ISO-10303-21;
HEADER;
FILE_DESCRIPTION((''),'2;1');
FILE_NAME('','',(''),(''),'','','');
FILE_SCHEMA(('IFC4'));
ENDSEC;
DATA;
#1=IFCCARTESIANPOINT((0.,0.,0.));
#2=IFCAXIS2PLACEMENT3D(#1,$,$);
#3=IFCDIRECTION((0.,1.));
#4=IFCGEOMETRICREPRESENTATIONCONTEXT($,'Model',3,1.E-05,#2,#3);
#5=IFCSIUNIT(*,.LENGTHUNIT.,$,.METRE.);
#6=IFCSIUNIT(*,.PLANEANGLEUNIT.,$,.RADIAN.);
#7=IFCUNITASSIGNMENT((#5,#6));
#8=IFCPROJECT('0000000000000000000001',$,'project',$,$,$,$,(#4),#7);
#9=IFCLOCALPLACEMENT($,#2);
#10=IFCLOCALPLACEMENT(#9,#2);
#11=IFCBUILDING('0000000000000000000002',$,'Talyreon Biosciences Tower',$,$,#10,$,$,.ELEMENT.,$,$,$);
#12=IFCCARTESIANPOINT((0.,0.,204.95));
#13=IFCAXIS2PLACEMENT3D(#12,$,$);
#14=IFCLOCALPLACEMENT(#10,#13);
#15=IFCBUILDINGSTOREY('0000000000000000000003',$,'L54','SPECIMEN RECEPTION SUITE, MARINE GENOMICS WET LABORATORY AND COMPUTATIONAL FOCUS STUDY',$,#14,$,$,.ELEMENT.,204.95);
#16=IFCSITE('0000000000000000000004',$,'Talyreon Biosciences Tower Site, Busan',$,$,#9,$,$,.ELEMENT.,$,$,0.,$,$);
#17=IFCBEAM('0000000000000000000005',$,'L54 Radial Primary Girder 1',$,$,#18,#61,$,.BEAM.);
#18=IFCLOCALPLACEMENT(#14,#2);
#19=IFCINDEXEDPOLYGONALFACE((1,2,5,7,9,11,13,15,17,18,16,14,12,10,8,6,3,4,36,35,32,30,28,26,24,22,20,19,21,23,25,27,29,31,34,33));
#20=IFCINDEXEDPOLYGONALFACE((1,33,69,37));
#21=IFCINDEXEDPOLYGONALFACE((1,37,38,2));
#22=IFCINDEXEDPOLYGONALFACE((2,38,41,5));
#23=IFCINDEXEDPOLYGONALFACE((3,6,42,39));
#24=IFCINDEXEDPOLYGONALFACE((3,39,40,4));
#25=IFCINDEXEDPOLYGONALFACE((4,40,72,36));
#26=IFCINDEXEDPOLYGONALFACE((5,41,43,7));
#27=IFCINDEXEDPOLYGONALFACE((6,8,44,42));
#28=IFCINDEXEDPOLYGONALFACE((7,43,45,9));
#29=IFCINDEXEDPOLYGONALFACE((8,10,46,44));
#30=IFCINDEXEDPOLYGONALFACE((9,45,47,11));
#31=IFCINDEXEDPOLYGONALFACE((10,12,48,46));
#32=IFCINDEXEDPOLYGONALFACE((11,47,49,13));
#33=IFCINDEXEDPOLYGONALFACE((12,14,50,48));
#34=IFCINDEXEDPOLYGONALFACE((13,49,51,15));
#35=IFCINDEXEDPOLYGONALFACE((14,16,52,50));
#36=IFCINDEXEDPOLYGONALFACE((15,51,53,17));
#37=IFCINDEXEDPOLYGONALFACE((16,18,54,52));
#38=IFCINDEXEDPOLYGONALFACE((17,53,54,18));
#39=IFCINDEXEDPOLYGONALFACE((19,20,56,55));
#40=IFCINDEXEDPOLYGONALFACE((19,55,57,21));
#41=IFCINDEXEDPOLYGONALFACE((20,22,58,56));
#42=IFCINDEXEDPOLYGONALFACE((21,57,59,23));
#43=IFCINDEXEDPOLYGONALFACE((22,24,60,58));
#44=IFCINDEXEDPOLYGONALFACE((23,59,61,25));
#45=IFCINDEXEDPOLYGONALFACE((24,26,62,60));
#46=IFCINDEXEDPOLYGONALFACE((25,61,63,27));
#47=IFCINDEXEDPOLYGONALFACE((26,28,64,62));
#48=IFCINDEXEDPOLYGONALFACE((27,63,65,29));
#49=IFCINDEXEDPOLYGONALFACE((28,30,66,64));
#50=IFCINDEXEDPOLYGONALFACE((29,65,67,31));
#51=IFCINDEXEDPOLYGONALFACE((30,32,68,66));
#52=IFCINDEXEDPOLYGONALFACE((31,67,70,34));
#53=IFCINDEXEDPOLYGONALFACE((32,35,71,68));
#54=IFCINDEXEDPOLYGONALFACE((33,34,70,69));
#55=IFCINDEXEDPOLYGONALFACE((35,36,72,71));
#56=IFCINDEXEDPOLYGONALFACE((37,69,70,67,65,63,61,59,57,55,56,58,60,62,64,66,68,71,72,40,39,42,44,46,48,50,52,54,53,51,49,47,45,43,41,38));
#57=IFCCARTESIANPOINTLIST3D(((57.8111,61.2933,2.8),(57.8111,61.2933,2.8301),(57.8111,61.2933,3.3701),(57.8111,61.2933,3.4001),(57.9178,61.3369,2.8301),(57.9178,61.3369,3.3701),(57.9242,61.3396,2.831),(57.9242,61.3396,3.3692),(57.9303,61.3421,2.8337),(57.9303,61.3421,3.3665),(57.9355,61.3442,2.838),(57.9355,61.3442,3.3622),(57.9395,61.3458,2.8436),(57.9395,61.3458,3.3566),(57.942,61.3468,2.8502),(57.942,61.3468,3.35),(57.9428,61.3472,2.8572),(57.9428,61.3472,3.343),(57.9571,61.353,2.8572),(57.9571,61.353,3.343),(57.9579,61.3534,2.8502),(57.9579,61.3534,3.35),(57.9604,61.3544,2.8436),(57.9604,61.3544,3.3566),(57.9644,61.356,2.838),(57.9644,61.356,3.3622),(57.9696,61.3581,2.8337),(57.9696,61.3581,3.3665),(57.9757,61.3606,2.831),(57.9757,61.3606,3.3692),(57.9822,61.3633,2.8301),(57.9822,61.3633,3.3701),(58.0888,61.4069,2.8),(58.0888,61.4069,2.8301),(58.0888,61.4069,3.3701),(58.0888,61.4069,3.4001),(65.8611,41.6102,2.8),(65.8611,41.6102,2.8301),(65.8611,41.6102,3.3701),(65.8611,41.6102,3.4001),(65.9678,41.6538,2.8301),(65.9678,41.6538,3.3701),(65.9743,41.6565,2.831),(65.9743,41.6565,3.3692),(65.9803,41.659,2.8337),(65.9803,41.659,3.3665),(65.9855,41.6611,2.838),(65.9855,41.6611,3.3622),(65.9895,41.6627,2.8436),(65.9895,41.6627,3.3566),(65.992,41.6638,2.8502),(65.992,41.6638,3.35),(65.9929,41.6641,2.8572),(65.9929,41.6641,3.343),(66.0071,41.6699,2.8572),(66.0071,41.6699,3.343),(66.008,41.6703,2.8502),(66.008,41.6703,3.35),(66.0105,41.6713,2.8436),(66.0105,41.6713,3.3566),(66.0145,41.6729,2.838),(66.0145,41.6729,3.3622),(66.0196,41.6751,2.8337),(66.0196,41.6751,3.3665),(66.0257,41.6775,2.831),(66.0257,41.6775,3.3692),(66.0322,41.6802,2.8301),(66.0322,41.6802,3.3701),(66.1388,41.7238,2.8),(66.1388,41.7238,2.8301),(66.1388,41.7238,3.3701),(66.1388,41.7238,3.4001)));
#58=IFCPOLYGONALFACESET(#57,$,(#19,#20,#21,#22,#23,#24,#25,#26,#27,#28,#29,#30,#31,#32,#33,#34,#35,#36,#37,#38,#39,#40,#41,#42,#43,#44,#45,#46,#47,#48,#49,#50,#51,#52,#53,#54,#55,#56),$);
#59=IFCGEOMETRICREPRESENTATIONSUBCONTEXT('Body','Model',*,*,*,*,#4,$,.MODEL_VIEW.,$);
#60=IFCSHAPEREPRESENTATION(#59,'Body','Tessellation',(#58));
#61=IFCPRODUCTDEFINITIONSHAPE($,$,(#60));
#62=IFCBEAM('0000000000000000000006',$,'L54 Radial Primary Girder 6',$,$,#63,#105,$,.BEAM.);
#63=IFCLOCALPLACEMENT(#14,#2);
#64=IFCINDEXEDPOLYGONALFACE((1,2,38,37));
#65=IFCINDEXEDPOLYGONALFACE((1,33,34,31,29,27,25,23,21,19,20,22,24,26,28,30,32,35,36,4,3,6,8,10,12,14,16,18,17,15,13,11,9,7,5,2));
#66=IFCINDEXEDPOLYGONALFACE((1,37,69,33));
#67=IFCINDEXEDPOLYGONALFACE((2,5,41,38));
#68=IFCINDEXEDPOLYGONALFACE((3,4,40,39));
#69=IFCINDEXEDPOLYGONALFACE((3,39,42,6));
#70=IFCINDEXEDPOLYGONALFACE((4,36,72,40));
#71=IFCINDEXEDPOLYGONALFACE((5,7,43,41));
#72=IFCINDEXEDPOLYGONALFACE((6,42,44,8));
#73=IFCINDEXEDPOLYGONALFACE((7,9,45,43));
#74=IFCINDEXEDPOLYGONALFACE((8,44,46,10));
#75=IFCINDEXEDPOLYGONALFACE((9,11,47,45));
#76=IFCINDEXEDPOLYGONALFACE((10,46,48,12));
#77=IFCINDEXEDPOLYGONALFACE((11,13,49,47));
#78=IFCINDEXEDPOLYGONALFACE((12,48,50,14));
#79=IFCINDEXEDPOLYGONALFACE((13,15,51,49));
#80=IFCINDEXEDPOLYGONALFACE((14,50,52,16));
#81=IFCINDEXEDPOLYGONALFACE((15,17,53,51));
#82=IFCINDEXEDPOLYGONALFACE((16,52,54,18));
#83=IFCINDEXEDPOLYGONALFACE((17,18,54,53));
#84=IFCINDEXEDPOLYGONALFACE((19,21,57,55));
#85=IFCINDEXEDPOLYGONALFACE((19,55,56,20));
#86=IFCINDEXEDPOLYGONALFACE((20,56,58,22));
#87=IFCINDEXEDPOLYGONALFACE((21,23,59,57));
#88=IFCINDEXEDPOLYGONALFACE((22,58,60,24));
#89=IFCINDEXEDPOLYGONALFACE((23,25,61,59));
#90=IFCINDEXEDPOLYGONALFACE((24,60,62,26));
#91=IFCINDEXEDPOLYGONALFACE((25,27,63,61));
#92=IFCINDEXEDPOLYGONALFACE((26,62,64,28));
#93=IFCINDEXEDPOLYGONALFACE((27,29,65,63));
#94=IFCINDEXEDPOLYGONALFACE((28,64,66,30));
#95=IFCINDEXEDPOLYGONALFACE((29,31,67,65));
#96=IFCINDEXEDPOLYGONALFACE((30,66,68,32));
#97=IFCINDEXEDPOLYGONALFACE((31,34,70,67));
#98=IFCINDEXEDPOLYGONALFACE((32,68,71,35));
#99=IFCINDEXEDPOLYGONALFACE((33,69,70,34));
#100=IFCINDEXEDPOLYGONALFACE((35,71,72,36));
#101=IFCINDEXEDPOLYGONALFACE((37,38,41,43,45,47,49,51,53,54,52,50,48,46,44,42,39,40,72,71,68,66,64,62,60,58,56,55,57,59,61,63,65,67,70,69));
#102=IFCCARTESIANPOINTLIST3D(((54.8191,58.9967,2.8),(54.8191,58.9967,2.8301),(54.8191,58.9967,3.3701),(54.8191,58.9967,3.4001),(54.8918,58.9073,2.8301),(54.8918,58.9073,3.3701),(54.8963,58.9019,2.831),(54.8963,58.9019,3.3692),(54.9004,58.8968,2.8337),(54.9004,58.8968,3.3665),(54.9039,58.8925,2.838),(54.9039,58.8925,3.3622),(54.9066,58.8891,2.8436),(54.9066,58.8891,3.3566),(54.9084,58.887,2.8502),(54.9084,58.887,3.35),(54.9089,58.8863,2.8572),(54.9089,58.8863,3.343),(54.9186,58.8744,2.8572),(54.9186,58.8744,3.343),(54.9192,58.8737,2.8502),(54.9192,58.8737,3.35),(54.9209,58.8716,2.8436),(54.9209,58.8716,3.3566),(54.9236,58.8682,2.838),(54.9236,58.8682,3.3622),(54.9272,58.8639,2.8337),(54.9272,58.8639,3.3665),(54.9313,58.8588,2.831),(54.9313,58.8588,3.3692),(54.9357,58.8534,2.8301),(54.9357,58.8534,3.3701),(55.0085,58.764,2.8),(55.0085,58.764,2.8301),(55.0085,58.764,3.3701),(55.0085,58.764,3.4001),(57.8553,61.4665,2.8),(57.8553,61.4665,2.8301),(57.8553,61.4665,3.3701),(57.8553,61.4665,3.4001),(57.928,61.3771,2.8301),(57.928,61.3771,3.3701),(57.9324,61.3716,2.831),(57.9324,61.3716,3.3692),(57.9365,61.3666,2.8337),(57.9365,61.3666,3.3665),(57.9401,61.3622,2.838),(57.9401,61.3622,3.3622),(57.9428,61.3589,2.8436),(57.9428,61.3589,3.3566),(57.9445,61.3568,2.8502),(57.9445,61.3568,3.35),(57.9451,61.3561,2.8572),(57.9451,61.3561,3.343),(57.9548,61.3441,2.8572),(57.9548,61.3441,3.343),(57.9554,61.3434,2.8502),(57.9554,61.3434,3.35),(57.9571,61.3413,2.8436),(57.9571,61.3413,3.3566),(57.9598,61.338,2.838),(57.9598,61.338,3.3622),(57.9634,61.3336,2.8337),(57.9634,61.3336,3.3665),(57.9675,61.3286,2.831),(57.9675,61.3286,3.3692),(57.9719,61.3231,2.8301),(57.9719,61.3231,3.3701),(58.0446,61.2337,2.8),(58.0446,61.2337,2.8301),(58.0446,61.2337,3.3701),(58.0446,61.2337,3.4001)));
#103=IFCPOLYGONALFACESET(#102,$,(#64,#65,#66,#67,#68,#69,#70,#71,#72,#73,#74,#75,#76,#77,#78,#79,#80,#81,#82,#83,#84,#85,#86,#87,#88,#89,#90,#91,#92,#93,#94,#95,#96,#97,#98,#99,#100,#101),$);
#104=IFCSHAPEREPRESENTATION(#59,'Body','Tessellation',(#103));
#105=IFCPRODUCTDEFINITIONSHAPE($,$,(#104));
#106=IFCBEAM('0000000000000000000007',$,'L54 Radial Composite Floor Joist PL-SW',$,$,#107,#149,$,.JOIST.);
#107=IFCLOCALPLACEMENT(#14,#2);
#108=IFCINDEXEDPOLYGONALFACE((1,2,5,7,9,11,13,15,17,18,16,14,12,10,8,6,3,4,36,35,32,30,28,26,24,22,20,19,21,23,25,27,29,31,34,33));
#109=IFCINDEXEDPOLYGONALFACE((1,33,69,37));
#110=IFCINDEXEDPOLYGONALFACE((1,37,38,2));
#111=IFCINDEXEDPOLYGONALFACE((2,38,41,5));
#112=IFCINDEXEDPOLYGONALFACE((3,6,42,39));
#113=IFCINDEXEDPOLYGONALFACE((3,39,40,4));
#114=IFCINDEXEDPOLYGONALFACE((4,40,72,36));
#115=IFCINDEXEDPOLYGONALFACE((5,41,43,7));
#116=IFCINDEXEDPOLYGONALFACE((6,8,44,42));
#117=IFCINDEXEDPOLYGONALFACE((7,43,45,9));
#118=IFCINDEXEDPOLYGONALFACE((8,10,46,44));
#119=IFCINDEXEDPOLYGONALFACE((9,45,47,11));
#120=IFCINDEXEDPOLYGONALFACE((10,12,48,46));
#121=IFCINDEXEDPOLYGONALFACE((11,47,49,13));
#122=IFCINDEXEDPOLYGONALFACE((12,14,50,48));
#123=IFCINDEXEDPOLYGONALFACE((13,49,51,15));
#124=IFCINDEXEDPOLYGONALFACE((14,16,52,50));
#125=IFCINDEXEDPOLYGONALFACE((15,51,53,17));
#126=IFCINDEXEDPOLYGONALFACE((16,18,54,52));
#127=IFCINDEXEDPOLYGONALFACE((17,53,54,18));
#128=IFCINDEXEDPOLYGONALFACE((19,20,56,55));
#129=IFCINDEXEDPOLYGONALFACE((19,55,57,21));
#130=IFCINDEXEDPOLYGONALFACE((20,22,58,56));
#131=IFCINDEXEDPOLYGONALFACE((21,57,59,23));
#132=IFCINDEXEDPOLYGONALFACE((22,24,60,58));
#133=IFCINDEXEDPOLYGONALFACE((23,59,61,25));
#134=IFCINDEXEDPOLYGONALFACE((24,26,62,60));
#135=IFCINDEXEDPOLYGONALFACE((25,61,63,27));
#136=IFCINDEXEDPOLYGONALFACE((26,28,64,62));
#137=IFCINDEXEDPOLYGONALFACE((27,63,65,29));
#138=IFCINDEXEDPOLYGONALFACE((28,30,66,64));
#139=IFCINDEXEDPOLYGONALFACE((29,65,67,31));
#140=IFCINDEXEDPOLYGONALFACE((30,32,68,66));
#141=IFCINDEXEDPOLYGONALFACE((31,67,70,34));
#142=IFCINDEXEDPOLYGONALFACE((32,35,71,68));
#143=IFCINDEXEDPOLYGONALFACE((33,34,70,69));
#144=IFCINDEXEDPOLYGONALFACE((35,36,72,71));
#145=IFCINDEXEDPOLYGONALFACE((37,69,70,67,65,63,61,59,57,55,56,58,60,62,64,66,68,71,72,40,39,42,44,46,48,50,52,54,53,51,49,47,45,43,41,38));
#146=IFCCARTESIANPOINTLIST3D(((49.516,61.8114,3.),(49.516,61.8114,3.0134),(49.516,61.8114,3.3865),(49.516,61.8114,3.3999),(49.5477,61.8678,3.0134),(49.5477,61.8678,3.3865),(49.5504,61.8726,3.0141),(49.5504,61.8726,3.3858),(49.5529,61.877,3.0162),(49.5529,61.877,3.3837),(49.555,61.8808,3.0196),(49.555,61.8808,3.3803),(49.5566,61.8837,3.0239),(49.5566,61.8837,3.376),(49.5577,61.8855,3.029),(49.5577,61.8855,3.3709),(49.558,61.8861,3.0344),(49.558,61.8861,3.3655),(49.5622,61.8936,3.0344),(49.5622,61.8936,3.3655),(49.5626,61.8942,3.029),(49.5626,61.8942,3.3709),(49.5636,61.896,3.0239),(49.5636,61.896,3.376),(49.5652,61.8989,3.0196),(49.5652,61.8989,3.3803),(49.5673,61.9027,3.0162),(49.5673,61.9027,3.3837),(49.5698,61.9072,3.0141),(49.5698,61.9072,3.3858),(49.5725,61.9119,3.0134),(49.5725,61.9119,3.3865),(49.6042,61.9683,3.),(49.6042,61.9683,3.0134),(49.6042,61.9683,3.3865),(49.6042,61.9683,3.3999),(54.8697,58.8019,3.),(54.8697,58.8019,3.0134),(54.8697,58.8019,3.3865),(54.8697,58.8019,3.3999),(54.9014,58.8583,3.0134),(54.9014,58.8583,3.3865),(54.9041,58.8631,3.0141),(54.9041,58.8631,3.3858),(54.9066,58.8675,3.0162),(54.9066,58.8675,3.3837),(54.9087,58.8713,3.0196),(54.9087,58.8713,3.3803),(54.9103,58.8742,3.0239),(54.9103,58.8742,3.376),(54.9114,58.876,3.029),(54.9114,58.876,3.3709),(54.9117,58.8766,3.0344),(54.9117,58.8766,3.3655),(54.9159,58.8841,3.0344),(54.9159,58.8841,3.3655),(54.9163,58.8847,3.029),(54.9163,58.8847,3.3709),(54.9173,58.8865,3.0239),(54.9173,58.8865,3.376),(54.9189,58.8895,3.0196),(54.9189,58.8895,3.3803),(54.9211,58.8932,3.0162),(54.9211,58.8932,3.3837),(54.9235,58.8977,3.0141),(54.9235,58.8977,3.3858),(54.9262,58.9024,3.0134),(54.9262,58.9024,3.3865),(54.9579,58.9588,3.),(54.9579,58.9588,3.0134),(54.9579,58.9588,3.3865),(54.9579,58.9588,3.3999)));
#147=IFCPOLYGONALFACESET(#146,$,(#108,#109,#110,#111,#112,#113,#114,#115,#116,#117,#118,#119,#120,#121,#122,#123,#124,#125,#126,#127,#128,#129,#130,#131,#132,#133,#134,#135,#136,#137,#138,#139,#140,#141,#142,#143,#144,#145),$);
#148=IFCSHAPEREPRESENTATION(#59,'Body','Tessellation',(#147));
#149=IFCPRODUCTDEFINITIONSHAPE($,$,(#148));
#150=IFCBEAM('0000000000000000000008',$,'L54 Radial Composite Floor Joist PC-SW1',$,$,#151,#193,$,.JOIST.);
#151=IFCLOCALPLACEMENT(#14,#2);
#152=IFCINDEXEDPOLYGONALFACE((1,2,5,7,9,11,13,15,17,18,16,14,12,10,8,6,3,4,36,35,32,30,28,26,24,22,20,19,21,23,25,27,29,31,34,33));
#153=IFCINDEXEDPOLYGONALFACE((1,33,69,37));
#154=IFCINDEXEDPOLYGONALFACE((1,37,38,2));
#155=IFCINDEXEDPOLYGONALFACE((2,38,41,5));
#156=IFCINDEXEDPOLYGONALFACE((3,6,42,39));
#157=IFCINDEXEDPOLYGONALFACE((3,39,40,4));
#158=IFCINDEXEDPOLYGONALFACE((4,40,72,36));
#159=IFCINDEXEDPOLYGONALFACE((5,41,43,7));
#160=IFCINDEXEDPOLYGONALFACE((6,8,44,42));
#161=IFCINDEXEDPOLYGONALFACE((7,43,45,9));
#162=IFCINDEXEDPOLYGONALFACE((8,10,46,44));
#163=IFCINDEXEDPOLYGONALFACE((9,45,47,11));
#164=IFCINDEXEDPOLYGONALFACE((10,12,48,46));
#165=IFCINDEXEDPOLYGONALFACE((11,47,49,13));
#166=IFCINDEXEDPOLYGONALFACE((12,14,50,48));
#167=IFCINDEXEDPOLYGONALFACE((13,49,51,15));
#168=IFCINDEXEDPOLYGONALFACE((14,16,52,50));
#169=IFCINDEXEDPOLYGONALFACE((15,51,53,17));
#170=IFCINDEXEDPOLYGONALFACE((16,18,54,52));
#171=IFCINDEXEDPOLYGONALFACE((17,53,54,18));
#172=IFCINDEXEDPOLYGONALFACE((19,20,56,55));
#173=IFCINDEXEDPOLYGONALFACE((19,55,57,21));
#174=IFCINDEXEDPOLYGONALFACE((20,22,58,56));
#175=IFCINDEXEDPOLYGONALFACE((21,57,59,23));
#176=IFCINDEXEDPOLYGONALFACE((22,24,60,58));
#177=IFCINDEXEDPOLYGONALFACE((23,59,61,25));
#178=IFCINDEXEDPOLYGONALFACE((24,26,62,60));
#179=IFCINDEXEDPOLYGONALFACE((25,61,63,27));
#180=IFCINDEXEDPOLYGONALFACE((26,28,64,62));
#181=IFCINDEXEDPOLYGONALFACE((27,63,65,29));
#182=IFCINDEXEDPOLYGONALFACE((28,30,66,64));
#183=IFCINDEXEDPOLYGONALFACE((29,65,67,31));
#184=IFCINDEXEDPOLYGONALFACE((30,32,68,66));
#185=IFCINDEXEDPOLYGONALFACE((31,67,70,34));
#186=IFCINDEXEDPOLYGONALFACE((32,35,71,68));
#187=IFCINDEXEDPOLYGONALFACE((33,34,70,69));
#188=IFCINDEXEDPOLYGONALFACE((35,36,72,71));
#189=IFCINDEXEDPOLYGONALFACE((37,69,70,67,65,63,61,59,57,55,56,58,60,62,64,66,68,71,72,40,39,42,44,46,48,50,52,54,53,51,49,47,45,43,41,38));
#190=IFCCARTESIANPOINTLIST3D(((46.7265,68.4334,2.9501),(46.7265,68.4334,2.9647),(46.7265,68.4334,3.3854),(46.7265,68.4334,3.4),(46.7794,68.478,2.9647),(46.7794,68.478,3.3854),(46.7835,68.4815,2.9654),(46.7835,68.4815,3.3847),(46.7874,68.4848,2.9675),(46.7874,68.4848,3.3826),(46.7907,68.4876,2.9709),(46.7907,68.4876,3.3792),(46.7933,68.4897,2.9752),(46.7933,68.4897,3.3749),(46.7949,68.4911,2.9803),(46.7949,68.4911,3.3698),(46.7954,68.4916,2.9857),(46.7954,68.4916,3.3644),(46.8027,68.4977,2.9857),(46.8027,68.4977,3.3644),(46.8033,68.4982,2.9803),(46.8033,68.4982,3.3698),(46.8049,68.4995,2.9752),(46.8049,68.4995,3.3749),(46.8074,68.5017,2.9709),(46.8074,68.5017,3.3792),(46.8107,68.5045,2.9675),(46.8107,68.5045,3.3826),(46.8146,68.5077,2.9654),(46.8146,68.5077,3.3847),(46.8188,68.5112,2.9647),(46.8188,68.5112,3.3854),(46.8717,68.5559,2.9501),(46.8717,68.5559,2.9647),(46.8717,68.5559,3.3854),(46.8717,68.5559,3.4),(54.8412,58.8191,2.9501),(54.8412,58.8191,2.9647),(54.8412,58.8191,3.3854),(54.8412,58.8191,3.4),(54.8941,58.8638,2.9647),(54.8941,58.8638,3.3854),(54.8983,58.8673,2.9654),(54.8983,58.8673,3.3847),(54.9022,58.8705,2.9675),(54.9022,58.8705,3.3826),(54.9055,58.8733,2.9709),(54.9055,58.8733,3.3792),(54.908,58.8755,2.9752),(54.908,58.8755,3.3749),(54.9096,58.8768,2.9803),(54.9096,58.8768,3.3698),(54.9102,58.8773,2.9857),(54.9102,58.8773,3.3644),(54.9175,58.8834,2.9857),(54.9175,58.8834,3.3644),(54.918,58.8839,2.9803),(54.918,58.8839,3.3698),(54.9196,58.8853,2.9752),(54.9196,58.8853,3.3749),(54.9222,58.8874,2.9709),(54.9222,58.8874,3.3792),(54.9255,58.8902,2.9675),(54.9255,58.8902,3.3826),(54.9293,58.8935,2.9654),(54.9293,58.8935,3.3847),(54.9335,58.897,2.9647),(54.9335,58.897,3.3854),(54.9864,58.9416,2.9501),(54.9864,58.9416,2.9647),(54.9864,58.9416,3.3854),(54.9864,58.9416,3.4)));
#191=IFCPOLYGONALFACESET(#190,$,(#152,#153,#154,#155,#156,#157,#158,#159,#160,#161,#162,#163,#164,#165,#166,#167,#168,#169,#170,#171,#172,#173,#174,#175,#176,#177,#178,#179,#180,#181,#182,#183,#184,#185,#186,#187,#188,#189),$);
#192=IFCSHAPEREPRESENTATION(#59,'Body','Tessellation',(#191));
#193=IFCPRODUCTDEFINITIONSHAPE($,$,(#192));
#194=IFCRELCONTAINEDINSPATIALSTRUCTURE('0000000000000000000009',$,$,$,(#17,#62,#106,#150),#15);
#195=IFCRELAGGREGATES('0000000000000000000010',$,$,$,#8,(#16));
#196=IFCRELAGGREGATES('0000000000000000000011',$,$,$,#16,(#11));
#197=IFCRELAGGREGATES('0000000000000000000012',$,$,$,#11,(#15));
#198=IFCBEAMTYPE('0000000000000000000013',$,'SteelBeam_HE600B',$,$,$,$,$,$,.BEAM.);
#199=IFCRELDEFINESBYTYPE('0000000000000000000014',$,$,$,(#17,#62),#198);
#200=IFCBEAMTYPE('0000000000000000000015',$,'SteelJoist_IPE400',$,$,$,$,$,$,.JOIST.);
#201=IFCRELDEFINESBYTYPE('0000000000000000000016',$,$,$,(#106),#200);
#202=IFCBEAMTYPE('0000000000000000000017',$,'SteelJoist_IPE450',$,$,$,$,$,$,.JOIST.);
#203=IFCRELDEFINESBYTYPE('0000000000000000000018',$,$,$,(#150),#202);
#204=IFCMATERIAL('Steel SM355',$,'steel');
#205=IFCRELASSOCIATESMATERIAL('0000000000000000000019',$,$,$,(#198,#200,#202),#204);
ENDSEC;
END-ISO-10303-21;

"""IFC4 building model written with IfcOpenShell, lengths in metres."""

from ifc_helpers import new_model, si_unit, direction, frame, origin, origin_2d, place, context, subcontext, project, spatial, i_section, extrude, material, material_profile, profile_set, type_object, element, save


model = new_model("IFC4")

# Units and contexts
model_context = context("Model", 3, precision=1e-05, world=origin(), true_north=direction((0.0, 1.0)))
body_context = subcontext(model_context, "Body", "Model", "MODEL_VIEW")
ifc_project = project(units=[si_unit("LENGTHUNIT", "METRE"), si_unit("PLANEANGLEUNIT", "RADIAN")], contexts=[model_context])

# Site, building, storey
site_placement = place(None, origin())
site = spatial("IfcSite", under=ifc_project, at=site_placement, Name="Talyreon Biosciences Tower Site, Busan", CompositionType="ELEMENT", RefElevation=0.0)
building_placement = place(site_placement, origin())
building = spatial("IfcBuilding", under=site, at=building_placement, Name="Talyreon Biosciences Tower", CompositionType="ELEMENT")
storey_placement = place(building_placement, frame((0.0, 0.0, 204.95)))
storey = spatial("IfcBuildingStorey", under=building, at=storey_placement, Name="L54", Description="SPECIMEN RECEPTION SUITE, MARINE GENOMICS WET LABORATORY AND COMPUTATIONAL FOCUS STUDY", CompositionType="ELEMENT", Elevation=204.95)

# Beams
ifc_material_1 = material(Name="Steel SM355", Category="steel")
ifc_material_profile_1 = material_profile(ifc_material_1, i_section(OverallWidth=0.3, OverallDepth=0.6001, WebThickness=0.0154, FlangeThickness=0.03, FilletRadius=0.0271, at=origin_2d()), Name="HE600B")
ifc_profile_set_1 = profile_set([ifc_material_profile_1], Name="Steel SM355")
beam_type_1 = type_object("IfcBeamType", Name="SteelBeam_HE600B", PredefinedType="BEAM", material=ifc_profile_set_1)
beam_1_placement = place(storey_placement, frame((57.95, 61.3501, 3.1001), z_axis=(0.378547, -0.925582, 0.0), x_axis=(0.925582, 0.378547, 0.0)))
element("IfcBeam", 1, at=beam_1_placement, inside=storey, type_object=beam_type_1, Name="L54 Radial Primary Girder 1", PredefinedType="BEAM", context=body_context, shape_type="SweptSolid", body=[
    extrude(i_section(OverallWidth=0.3, OverallDepth=0.6001, WebThickness=0.0154, FlangeThickness=0.03, FilletRadius=0.0271, at=origin_2d()), origin(), (0.0, 0.0, 1.0), 21.2656),
])
beam_2_placement = place(storey_placement, frame((57.95, 61.3501, 3.1001), z_axis=(-0.775755, -0.631034, 0.0), x_axis=(0.631034, -0.775755, 0.0)))
element("IfcBeam", 2, at=beam_2_placement, inside=storey, type_object=beam_type_1, Name="L54 Radial Primary Girder 6", PredefinedType="BEAM", context=body_context, shape_type="SweptSolid", body=[
    extrude(i_section(OverallWidth=0.3, OverallDepth=0.6001, WebThickness=0.0154, FlangeThickness=0.03, FilletRadius=0.0271, at=origin_2d()), origin(), (0.0, 0.0, 1.0), 3.9138),
])
ifc_material_profile_2 = material_profile(ifc_material_1, i_section(OverallWidth=0.1799, OverallDepth=0.3999, WebThickness=0.0085, FlangeThickness=0.0134, FilletRadius=0.021, at=origin_2d()), Name="IPE400")
ifc_profile_set_2 = profile_set([ifc_material_profile_2], Name="Steel SM355")
beam_type_2 = type_object("IfcBeamType", Name="SteelJoist_IPE400", PredefinedType="JOIST", material=ifc_profile_set_2)
beam_3_placement = place(storey_placement, frame((54.9138, 58.8804, 3.2), z_axis=(-0.871712, 0.490018, 0.0), x_axis=(-0.490018, -0.871712, 0.0)))
element("IfcBeam", 3, at=beam_3_placement, inside=storey, type_object=beam_type_2, Name="L54 Radial Composite Floor Joist PL-SW", PredefinedType="JOIST", context=body_context, shape_type="SweptSolid", body=[
    extrude(i_section(OverallWidth=0.1799, OverallDepth=0.3999, WebThickness=0.0085, FlangeThickness=0.0134, FilletRadius=0.021, at=origin_2d()), origin(), (0.0, 0.0, 1.0), 6.1416),
])
ifc_material_profile_3 = material_profile(ifc_material_1, i_section(OverallWidth=0.1899, OverallDepth=0.45, WebThickness=0.0095, FlangeThickness=0.0146, FilletRadius=0.021, at=origin_2d()), Name="IPE450")
ifc_profile_set_3 = profile_set([ifc_material_profile_3], Name="Steel SM355")
beam_type_3 = type_object("IfcBeamType", Name="SteelJoist_IPE450", PredefinedType="JOIST", material=ifc_profile_set_3)
beam_4_placement = place(storey_placement, frame((54.9138, 58.8804, 3.175), z_axis=(-0.644997, 0.764185, 0.0), x_axis=(-0.764185, -0.644997, 0.0)))
element("IfcBeam", 4, at=beam_4_placement, inside=storey, type_object=beam_type_3, Name="L54 Radial Composite Floor Joist PC-SW1", PredefinedType="JOIST", context=body_context, shape_type="SweptSolid", body=[
    extrude(i_section(OverallWidth=0.1899, OverallDepth=0.45, WebThickness=0.0095, FlangeThickness=0.0146, FilletRadius=0.021, at=origin_2d()), origin(), (0.0, 0.0, 1.0), 12.5811),
])

save(model, "model.ifc")
